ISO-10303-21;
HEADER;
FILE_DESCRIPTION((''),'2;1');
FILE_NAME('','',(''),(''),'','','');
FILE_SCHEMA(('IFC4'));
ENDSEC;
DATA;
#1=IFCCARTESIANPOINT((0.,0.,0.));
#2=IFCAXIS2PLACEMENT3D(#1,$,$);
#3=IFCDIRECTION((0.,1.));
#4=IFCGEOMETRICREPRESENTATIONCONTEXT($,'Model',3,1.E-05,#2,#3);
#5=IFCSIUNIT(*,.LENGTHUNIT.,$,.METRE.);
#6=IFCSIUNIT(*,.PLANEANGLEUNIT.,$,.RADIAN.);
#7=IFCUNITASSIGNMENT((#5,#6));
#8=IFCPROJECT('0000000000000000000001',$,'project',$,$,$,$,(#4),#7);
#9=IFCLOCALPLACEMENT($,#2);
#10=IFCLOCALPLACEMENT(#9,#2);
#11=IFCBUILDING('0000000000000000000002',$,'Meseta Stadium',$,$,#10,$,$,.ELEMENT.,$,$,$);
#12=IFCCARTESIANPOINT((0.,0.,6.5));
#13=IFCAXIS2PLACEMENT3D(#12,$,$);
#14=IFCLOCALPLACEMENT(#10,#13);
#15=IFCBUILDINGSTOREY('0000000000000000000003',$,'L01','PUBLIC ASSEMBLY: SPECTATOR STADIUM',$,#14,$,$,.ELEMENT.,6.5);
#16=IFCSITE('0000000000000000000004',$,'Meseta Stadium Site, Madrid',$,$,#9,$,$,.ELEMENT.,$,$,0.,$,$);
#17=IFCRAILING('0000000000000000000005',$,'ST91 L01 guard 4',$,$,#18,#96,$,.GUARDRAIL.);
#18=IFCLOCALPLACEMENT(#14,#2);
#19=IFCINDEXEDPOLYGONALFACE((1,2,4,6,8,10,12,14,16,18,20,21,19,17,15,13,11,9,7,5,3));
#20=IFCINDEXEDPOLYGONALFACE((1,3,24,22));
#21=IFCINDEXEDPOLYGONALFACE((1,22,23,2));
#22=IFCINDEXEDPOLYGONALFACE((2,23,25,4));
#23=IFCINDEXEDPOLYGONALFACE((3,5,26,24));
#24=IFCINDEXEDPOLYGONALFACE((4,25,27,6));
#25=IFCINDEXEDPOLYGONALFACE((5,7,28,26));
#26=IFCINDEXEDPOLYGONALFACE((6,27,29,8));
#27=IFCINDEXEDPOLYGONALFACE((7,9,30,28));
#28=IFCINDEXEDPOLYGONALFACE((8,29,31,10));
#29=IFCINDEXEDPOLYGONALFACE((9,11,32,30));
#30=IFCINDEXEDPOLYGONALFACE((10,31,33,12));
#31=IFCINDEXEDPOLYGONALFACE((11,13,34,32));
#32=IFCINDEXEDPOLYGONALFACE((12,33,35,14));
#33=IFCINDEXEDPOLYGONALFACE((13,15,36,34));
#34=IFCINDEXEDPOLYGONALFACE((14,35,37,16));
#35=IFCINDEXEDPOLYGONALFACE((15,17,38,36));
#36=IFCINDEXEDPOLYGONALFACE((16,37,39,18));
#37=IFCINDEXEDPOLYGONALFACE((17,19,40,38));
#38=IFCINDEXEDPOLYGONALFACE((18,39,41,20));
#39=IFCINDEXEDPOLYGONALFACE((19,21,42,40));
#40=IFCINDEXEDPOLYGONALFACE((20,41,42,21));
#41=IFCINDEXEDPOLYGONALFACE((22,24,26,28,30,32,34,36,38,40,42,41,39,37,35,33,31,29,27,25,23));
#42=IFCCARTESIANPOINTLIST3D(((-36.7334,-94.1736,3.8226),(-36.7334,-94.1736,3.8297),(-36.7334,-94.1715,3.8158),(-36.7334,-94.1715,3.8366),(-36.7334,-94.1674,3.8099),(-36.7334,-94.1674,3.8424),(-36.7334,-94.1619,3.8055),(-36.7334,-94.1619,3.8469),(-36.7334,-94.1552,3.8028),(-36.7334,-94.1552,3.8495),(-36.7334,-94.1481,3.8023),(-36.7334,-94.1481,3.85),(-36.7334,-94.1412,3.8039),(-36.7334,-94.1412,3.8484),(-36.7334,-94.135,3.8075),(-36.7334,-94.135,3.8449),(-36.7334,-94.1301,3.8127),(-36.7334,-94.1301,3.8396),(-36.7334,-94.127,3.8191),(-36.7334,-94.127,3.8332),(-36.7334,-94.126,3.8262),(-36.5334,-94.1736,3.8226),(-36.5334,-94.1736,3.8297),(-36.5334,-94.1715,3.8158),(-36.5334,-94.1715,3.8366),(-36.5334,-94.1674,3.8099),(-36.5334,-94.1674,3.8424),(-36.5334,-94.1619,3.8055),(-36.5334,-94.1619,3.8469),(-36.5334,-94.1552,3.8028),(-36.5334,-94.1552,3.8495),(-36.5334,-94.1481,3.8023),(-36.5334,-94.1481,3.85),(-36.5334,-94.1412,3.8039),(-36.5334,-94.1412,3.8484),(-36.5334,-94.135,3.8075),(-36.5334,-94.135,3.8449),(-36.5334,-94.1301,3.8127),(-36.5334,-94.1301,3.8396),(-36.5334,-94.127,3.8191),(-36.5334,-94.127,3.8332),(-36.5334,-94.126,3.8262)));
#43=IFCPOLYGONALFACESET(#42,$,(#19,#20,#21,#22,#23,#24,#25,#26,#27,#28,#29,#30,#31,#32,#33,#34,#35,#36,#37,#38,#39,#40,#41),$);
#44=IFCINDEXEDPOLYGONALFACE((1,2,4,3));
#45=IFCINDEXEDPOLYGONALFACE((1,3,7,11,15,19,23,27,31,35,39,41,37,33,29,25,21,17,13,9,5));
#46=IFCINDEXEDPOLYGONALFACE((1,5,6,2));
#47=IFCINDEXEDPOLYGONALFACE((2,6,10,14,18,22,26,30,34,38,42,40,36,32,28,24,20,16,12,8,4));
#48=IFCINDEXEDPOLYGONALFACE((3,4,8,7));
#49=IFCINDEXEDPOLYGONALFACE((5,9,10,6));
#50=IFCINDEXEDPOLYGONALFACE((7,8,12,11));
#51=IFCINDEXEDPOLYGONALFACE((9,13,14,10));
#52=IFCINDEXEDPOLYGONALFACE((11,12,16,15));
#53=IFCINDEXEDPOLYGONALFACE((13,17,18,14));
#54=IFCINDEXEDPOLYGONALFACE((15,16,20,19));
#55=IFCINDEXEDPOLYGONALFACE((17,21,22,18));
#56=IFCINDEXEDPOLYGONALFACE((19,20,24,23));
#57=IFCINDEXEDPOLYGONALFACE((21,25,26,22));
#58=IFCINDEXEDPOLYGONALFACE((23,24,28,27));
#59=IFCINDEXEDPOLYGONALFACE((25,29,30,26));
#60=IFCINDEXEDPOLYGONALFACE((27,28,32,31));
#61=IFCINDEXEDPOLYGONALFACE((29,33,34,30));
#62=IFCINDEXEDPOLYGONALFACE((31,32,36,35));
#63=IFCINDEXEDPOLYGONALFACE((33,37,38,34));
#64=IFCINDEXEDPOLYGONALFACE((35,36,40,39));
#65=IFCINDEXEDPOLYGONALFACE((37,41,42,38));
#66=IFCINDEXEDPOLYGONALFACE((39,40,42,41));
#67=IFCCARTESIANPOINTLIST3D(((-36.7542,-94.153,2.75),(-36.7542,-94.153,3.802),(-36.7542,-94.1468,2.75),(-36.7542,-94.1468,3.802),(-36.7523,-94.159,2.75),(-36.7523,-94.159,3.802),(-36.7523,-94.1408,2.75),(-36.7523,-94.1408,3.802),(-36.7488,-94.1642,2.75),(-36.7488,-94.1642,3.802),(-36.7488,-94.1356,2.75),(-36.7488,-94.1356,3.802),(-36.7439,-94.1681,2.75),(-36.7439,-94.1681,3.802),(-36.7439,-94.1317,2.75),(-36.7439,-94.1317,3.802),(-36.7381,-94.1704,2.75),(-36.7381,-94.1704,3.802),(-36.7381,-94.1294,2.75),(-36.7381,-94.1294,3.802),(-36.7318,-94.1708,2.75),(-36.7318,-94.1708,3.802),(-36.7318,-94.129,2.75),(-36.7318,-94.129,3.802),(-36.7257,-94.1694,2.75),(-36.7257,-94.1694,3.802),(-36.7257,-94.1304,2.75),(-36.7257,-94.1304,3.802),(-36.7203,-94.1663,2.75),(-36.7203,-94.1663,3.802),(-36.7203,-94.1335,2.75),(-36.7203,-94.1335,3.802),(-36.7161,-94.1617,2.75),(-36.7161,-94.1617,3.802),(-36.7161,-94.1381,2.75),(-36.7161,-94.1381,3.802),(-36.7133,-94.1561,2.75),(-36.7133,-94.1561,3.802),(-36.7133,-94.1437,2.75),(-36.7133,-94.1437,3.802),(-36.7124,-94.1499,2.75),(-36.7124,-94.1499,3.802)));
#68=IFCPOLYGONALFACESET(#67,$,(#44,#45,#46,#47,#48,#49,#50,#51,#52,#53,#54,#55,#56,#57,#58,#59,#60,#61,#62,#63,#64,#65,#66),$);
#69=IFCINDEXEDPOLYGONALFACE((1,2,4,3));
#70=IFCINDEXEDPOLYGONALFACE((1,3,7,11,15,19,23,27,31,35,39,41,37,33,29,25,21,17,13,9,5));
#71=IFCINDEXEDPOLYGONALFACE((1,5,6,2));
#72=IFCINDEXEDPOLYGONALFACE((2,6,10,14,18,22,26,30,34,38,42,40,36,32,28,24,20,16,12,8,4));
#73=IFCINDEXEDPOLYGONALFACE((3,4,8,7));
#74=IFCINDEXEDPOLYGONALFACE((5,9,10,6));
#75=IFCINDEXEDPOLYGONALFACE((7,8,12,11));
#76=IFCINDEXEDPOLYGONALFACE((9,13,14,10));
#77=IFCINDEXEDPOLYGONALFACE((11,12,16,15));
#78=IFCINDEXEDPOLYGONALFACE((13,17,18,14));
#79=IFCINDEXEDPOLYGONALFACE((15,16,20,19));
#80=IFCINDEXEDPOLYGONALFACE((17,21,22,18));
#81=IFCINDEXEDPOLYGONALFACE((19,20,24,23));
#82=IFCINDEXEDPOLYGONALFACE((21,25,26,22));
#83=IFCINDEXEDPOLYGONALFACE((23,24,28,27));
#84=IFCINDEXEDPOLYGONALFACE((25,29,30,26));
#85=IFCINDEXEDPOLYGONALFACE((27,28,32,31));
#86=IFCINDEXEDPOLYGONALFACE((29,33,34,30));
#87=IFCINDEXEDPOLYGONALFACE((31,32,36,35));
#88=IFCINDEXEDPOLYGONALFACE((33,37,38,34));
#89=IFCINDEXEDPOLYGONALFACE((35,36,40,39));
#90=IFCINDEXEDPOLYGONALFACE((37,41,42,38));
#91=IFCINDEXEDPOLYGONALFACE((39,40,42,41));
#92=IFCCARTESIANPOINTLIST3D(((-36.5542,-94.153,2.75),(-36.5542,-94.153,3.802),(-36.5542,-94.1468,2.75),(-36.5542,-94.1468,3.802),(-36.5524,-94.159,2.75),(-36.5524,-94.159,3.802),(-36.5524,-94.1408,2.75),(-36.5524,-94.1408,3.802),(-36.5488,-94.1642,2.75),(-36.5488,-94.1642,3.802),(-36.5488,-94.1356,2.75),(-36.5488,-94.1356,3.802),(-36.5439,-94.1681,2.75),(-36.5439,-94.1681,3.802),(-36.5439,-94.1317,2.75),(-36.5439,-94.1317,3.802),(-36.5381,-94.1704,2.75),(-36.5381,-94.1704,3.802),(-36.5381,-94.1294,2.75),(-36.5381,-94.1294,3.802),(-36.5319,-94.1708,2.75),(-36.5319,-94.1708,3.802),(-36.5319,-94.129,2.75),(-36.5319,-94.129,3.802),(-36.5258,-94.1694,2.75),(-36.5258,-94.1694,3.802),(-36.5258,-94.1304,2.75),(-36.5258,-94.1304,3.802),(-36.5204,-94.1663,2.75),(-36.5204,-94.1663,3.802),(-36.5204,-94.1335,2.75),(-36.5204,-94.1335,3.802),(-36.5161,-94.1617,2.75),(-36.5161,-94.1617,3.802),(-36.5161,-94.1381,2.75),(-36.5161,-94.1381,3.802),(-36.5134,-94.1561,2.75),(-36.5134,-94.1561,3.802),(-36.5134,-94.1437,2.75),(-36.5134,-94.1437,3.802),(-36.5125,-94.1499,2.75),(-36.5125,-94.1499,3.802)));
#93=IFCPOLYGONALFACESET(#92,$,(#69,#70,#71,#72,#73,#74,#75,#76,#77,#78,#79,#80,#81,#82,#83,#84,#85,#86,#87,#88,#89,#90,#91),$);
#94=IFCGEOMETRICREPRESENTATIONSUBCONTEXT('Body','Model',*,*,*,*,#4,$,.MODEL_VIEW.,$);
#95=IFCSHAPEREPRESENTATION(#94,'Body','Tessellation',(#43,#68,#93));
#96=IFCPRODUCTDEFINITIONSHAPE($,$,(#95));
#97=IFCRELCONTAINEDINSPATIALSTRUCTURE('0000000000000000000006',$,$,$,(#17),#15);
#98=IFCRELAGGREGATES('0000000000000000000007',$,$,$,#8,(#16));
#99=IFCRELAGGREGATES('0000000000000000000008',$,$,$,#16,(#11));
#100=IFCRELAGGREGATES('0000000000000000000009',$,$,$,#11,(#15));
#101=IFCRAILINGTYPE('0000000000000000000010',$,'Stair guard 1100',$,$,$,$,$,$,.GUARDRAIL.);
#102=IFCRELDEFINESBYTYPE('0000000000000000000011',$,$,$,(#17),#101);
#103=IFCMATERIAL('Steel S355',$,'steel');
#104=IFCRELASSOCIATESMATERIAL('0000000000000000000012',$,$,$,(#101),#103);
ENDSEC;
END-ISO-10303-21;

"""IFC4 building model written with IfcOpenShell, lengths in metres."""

from ifc_helpers import new_model, si_unit, direction, frame, origin, origin_2d, place, context, subcontext, project, spatial, circle, extrude, material, type_object, element, save


model = new_model("IFC4")

# Units and contexts
model_context = context("Model", 3, precision=1e-05, world=origin(), true_north=direction((0.0, 1.0)))
body_context = subcontext(model_context, "Body", "Model", "MODEL_VIEW")
ifc_project = project(units=[si_unit("LENGTHUNIT", "METRE"), si_unit("PLANEANGLEUNIT", "RADIAN")], contexts=[model_context])

# Site, building, storey
site_placement = place(None, origin())
site = spatial("IfcSite", under=ifc_project, at=site_placement, Name="Meseta Stadium Site, Madrid", CompositionType="ELEMENT", RefElevation=0.0)
building_placement = place(site_placement, origin())
building = spatial("IfcBuilding", under=site, at=building_placement, Name="Meseta Stadium", CompositionType="ELEMENT")
storey_placement = place(building_placement, frame((0.0, 0.0, 6.5)))
storey = spatial("IfcBuildingStorey", under=building, at=storey_placement, Name="L01", Description="PUBLIC ASSEMBLY: SPECTATOR STADIUM", CompositionType="ELEMENT", Elevation=6.5)

# Railing
ifc_material_1 = material(Name="Steel S355", Category="steel")
railing_type_1 = type_object("IfcRailingType", Name="Stair guard 1100", PredefinedType="GUARDRAIL", material=ifc_material_1)
railing_1_placement = place(storey_placement, frame((-36.7334, -94.1499, 2.75)))
element("IfcRailing", 1, at=railing_1_placement, inside=storey, type_object=railing_type_1, Name="ST91 L01 guard 4", PredefinedType="GUARDRAIL", context=body_context, shape_type="SweptSolid", body=[
    extrude(circle(Radius=0.0239, at=origin_2d()), frame((0.0, 0.0, 1.0762), z_axis=(1.0, 0.0, 0.0), x_axis=(0.0, 1.0, 0.0)), (0.0, 0.0, 1.0), 0.2),
    extrude(circle(Radius=0.021, at=origin_2d()), origin(), (0.0, 0.0, 1.0), 1.052),
    extrude(circle(Radius=0.021, at=origin_2d()), frame((0.2, 0.0, 0.0)), (0.0, 0.0, 1.0), 1.052),
])

save(model, "model.ifc")
